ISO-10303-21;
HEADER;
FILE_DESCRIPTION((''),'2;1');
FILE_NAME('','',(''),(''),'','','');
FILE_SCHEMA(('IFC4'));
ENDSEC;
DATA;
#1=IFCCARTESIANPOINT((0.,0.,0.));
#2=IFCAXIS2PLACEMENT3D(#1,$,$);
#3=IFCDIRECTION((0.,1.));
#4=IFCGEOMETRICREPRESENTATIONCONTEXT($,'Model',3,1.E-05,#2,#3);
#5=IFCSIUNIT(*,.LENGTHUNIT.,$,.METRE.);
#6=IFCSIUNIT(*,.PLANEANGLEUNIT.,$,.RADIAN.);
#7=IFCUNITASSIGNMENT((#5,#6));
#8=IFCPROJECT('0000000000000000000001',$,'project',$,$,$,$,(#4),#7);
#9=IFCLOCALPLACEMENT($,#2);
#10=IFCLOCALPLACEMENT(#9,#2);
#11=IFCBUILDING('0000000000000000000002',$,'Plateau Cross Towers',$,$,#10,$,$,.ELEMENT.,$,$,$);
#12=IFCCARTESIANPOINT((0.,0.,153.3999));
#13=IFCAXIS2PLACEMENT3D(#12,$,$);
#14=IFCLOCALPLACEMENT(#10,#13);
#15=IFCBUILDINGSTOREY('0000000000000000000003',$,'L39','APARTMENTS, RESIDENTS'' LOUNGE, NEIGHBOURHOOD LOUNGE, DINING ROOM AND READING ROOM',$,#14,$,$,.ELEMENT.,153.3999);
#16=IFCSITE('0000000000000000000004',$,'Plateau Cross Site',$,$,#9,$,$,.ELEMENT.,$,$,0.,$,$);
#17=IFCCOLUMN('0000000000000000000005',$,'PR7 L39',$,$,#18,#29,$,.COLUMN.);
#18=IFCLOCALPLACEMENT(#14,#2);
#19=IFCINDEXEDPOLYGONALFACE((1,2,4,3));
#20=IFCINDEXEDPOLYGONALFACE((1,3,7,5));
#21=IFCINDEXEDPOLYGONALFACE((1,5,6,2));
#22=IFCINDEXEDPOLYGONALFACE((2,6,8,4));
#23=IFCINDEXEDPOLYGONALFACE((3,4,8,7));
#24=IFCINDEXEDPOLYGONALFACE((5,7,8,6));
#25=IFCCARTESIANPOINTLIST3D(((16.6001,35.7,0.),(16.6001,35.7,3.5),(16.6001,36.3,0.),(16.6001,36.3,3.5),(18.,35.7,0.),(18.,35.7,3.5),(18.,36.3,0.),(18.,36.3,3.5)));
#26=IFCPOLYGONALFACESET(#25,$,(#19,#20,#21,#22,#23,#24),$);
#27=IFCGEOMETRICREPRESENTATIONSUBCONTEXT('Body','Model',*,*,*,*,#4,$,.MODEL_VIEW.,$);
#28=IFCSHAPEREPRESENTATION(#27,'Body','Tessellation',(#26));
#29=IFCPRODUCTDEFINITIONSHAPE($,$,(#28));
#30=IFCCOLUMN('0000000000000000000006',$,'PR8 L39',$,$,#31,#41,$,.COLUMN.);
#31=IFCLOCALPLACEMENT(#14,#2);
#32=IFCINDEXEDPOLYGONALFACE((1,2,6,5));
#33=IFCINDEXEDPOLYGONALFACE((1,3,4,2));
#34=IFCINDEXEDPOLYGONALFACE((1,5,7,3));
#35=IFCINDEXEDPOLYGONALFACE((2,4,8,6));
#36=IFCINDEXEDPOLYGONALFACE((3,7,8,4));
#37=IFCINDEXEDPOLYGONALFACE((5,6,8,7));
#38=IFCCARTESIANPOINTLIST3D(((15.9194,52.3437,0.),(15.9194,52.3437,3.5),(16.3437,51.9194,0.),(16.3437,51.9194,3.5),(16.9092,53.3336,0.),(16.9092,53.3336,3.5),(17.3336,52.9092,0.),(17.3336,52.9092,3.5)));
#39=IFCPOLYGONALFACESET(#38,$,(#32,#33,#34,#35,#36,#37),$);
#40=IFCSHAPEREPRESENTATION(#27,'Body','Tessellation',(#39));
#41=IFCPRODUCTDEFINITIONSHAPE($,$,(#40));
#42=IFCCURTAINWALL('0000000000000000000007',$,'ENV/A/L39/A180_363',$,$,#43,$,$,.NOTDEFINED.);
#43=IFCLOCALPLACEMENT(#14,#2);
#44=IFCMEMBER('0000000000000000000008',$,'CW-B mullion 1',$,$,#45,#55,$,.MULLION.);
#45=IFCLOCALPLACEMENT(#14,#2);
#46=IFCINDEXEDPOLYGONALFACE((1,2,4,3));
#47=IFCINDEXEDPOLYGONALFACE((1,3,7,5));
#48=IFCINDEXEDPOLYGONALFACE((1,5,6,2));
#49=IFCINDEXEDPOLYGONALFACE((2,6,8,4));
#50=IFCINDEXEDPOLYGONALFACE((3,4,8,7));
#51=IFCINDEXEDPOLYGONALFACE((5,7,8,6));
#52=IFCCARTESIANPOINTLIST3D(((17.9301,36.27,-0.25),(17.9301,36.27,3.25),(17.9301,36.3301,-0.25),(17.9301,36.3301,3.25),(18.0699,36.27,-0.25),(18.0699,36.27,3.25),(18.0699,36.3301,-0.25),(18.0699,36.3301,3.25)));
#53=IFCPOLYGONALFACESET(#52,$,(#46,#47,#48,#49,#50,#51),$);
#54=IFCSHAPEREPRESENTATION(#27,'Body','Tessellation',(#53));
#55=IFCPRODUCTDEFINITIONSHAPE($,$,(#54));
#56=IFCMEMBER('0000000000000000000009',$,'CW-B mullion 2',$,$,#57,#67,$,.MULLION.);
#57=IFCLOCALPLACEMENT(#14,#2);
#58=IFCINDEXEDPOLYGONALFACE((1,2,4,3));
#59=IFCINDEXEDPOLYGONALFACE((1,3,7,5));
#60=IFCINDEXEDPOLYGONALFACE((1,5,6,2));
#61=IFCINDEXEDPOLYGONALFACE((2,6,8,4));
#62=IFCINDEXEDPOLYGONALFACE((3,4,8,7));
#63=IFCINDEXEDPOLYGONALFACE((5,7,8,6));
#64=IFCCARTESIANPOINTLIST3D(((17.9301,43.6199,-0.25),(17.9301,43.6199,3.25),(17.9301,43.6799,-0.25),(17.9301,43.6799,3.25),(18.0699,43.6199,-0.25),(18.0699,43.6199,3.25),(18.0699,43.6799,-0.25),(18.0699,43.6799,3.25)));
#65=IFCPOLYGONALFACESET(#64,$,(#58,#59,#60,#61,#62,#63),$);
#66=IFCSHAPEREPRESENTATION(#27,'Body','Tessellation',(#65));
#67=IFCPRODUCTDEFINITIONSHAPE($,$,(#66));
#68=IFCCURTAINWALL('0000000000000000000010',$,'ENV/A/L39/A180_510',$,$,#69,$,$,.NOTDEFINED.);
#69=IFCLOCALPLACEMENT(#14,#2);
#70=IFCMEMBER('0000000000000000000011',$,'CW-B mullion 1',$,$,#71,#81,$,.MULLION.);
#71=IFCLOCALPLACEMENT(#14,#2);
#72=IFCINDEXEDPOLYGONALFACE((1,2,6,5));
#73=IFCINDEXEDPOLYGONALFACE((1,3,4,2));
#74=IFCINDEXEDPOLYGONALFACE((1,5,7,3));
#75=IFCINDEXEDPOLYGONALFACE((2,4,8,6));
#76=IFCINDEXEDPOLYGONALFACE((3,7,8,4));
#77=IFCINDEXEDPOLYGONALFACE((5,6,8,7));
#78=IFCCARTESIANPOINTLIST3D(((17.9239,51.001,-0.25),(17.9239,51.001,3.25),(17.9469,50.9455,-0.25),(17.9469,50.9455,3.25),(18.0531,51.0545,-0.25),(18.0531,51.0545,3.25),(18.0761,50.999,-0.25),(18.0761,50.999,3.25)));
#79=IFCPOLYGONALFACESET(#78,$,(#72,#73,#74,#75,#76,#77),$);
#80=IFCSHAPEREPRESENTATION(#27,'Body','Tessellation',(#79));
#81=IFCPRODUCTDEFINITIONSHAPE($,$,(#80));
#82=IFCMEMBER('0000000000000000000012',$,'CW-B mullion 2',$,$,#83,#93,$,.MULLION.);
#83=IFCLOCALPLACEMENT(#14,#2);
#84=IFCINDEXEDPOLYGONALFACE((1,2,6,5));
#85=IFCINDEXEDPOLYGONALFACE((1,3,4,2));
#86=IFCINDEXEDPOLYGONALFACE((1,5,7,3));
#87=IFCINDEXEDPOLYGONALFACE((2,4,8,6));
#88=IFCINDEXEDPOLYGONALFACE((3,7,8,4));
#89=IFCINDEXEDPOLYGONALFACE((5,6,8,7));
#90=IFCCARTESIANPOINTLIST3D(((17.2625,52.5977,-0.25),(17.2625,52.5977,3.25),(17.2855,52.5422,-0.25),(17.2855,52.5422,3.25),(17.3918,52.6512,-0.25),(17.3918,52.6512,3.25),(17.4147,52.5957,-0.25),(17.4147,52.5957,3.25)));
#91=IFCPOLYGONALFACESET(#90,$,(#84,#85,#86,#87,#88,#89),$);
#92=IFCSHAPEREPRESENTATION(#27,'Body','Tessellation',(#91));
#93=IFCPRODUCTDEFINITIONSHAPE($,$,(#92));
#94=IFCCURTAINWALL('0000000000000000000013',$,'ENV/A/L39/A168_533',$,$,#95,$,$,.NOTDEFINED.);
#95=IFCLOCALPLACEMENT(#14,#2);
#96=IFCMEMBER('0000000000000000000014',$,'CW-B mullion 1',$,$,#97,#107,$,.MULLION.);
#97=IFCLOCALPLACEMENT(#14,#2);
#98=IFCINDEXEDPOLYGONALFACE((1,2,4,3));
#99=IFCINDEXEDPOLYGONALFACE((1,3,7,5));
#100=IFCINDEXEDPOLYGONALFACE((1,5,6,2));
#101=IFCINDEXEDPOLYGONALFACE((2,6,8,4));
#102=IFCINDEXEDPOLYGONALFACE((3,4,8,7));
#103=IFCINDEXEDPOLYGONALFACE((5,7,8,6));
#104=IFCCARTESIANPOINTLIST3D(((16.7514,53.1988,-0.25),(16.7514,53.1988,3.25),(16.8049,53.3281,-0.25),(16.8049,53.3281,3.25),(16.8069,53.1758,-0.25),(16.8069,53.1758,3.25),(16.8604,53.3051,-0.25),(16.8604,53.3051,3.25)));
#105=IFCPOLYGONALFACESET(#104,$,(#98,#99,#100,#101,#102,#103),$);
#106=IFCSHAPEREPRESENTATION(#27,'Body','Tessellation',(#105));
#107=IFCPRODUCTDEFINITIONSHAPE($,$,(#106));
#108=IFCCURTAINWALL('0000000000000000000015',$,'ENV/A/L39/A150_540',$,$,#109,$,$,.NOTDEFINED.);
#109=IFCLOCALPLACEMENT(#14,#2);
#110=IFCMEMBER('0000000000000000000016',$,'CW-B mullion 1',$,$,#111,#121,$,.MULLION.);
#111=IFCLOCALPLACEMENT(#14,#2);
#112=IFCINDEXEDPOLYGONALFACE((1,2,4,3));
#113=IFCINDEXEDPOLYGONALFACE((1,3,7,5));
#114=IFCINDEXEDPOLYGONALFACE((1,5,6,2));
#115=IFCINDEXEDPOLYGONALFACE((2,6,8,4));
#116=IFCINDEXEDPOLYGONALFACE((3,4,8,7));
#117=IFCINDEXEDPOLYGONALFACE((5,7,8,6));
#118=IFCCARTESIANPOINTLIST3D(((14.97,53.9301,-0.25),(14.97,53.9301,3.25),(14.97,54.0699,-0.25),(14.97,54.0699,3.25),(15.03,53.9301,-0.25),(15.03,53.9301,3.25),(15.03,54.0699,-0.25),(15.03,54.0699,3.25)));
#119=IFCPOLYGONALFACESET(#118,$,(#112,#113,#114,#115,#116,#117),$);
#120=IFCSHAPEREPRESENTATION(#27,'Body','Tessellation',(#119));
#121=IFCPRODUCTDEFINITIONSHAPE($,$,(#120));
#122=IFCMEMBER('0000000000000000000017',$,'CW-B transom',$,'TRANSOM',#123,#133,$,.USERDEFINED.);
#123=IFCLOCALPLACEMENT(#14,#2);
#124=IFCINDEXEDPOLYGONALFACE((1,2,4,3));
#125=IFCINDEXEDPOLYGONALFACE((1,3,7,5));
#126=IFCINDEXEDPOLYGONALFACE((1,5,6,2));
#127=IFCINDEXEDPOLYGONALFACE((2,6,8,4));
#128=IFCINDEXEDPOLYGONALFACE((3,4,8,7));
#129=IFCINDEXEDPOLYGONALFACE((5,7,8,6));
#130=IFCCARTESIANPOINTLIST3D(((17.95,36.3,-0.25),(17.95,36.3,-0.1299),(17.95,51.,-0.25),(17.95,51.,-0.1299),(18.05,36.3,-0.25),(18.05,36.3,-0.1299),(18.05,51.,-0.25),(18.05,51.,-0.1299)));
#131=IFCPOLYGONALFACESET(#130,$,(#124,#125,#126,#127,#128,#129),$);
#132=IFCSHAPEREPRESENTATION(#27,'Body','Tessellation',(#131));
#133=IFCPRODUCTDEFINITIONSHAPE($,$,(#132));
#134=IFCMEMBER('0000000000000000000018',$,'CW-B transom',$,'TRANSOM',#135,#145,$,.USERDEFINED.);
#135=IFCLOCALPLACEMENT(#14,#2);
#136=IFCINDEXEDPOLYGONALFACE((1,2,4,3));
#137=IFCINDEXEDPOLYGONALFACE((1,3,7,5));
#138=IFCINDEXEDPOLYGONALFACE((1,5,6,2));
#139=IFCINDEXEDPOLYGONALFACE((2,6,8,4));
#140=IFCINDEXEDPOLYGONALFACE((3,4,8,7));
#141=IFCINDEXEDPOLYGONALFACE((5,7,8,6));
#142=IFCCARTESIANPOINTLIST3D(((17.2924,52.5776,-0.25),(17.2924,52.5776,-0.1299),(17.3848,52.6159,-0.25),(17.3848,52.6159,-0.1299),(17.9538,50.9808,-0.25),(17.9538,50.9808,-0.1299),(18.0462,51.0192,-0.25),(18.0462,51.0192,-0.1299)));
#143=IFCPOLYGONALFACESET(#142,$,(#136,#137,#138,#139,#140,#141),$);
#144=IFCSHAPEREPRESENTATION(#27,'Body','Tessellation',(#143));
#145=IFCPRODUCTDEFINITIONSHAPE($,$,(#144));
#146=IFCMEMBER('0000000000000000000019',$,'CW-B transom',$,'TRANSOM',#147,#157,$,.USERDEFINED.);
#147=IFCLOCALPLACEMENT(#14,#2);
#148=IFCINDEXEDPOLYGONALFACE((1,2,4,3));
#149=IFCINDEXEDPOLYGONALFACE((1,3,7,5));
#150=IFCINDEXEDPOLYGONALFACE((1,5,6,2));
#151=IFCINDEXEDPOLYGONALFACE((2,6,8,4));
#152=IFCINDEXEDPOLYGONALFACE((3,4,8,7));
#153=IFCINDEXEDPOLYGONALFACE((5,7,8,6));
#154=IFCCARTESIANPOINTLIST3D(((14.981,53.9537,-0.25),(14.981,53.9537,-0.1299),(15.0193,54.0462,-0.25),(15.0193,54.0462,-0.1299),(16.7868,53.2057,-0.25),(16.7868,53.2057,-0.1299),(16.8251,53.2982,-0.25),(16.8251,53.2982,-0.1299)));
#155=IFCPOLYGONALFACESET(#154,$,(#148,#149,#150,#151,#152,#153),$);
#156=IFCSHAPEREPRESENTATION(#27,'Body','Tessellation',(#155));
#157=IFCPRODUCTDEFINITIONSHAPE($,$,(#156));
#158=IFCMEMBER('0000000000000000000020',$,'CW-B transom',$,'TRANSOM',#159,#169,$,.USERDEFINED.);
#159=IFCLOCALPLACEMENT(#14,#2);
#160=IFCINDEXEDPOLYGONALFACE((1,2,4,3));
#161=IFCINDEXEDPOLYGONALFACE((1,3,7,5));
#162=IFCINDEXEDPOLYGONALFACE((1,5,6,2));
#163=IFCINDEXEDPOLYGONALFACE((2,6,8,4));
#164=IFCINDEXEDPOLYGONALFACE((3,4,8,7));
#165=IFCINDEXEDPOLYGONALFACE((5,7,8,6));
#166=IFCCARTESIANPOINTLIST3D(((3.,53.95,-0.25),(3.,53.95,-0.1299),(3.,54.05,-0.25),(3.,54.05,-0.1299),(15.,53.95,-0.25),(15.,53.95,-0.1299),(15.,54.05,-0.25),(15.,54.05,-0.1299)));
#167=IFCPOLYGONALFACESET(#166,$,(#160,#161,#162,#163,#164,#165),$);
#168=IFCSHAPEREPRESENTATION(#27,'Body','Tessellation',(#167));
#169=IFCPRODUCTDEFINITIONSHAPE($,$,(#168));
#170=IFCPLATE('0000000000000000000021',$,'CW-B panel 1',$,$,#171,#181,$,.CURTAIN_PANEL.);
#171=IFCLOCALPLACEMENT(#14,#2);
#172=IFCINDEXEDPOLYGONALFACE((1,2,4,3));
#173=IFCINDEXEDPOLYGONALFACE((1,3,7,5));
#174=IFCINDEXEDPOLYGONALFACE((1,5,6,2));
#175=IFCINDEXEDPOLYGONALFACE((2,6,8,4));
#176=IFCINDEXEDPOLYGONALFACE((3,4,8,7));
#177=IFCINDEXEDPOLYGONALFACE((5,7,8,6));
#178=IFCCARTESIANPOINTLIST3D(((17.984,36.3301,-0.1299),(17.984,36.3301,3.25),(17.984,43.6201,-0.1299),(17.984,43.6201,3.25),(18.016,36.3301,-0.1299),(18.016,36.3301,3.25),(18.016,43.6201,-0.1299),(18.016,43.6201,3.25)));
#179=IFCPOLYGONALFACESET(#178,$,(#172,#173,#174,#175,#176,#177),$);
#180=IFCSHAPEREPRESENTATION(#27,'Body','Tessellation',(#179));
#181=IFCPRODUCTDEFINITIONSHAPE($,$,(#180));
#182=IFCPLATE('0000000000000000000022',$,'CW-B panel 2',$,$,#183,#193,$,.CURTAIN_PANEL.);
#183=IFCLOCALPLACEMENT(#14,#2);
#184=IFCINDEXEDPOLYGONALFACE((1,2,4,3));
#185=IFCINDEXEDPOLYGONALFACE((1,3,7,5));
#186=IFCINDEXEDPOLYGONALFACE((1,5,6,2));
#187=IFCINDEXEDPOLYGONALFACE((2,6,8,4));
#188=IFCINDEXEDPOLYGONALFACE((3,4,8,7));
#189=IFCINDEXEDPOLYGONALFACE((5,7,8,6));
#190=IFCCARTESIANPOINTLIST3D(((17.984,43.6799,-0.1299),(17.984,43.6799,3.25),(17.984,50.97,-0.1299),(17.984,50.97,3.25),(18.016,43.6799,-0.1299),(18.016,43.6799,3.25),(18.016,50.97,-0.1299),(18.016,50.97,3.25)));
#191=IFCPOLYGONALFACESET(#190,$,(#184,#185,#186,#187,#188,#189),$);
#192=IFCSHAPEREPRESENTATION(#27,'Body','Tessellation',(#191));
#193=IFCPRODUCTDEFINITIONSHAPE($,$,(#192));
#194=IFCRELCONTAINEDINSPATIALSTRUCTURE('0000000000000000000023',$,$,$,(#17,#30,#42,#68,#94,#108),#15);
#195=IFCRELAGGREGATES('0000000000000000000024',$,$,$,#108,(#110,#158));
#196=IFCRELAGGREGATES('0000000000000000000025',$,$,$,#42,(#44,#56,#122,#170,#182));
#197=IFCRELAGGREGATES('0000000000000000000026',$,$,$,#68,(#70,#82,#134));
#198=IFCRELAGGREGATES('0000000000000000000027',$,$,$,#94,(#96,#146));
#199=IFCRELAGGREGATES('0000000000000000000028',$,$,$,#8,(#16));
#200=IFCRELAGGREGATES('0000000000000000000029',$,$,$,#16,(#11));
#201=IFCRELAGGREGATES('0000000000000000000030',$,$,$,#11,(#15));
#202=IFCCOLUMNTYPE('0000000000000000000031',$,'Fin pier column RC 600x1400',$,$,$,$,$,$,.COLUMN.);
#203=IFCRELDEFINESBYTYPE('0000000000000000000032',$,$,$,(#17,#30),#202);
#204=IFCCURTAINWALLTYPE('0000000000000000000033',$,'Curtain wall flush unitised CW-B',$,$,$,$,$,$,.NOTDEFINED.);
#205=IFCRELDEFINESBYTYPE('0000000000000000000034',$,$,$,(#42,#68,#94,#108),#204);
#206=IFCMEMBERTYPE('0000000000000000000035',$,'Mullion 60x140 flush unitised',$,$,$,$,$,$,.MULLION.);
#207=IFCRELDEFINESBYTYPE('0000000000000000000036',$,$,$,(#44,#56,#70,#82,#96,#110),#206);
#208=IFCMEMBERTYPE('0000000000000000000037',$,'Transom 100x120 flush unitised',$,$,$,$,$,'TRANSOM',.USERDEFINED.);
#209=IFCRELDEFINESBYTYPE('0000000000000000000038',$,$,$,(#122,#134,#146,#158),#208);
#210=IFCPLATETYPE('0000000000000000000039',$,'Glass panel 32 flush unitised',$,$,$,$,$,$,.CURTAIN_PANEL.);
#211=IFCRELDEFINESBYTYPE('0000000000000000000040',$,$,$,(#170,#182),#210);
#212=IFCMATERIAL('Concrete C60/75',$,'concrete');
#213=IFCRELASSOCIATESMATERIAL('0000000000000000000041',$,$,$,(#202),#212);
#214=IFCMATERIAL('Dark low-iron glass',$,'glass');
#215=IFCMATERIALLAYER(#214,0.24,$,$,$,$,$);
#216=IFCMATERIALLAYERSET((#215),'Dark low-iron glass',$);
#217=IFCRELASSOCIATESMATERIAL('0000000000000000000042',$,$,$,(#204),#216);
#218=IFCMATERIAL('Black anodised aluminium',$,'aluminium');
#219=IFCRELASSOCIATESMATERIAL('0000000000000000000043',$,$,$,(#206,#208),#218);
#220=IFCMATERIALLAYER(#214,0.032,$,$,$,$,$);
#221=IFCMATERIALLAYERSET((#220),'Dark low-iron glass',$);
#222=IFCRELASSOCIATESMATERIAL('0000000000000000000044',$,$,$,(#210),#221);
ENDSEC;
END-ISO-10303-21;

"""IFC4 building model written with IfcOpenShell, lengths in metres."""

from ifc_helpers import new_model, si_unit, direction, frame, origin, origin_2d, place, context, subcontext, project, spatial, rectangle, extrude, material, layer, layer_set, material_profile, profile_set, type_object, element, aggregate, save


model = new_model("IFC4")

# Units and contexts
model_context = context("Model", 3, precision=1e-05, world=origin(), true_north=direction((0.0, 1.0)))
body_context = subcontext(model_context, "Body", "Model", "MODEL_VIEW")
ifc_project = project(units=[si_unit("LENGTHUNIT", "METRE"), si_unit("PLANEANGLEUNIT", "RADIAN")], contexts=[model_context])

# Site, building, storey
site_placement = place(None, origin())
site = spatial("IfcSite", under=ifc_project, at=site_placement, Name="Plateau Cross Site", CompositionType="ELEMENT", RefElevation=0.0)
building_placement = place(site_placement, origin())
building = spatial("IfcBuilding", under=site, at=building_placement, Name="Plateau Cross Towers", CompositionType="ELEMENT")
storey_placement = place(building_placement, frame((0.0, 0.0, 153.3999)))
storey = spatial("IfcBuildingStorey", under=building, at=storey_placement, Name="L39", Description="APARTMENTS, RESIDENTS' LOUNGE, NEIGHBOURHOOD LOUNGE, DINING ROOM AND READING ROOM", CompositionType="ELEMENT", Elevation=153.3999)

# Columns
ifc_material_1 = material(Name="Concrete C60/75", Category="concrete")
ifc_material_profile_1 = material_profile(ifc_material_1, rectangle(XDim=0.6001, YDim=1.3999, at=origin_2d()), Name="RC 600x1400")
ifc_profile_set_1 = profile_set([ifc_material_profile_1], Name="Concrete C60/75")
column_type = type_object("IfcColumnType", Name="Fin pier column RC 600x1400", PredefinedType="COLUMN", material=ifc_profile_set_1)
for number, where, z_axis, x_axis, name in (
    (1, (17.3, 36.0, 0.0), (0.0, 0.0, 1.0), (0.0, 1.0, 0.0), "PR7 L39"),
    (2, (16.6265, 52.6265, 0.0), (0.0, 0.0, 1.0), (-0.707107, 0.707107, 0.0), "PR8 L39"),
):
    element("IfcColumn", number, at=place(storey_placement, frame(where, z_axis=z_axis, x_axis=x_axis)), inside=storey, type_object=column_type, Name=name, PredefinedType="COLUMN", context=body_context, shape_type="SweptSolid", body=[
        extrude(rectangle(XDim=0.6001, YDim=1.3999, at=origin_2d()), origin(), (0.0, 0.0, 1.0), 3.5),
    ])

# Curtain walls, members
ifc_material_2 = material(Name="Dark low-iron glass", Category="glass")
ifc_layer_1 = layer(ifc_material_2, 0.24)
ifc_layer_set_1 = layer_set([ifc_layer_1], Name="Dark low-iron glass")
curtain_wall_type = type_object("IfcCurtainWallType", Name="Curtain wall flush unitised CW-B", PredefinedType="NOTDEFINED", material=ifc_layer_set_1)
curtain_wall_1_placement = place(storey_placement, origin())
curtain_wall_1 = element("IfcCurtainWall", 3, at=curtain_wall_1_placement, inside=storey, type_object=curtain_wall_type, Name="ENV/A/L39/A180_363", PredefinedType="NOTDEFINED")
ifc_material_3 = material(Name="Black anodised aluminium", Category="aluminium")
ifc_material_profile_2 = material_profile(ifc_material_3, rectangle(XDim=0.0601, YDim=0.1399, at=origin_2d()), Name="MULLION 60x140")
ifc_profile_set_2 = profile_set([ifc_material_profile_2], Name="Black anodised aluminium")
member_type_1 = type_object("IfcMemberType", Name="Mullion 60x140 flush unitised", PredefinedType="MULLION", material=ifc_profile_set_2)
member_1_placement = place(storey_placement, frame((18.0, 36.3, -0.25), z_axis=(0.0, 0.0, 1.0), x_axis=(0.0, 1.0, 0.0)))
member_1 = element("IfcMember", 4, at=member_1_placement, type_object=member_type_1, Name="CW-B mullion 1", PredefinedType="MULLION", context=body_context, shape_type="SweptSolid", body=[
    extrude(rectangle(XDim=0.0601, YDim=0.1399, at=origin_2d()), origin(), (0.0, 0.0, 1.0), 3.5),
])
member_2_placement = place(storey_placement, frame((18.0, 43.6499, -0.25), z_axis=(0.0, 0.0, 1.0), x_axis=(0.0, 1.0, 0.0)))
member_2 = element("IfcMember", 5, at=member_2_placement, type_object=member_type_1, Name="CW-B mullion 2", PredefinedType="MULLION", context=body_context, shape_type="SweptSolid", body=[
    extrude(rectangle(XDim=0.0601, YDim=0.1399, at=origin_2d()), origin(), (0.0, 0.0, 1.0), 3.5),
])
curtain_wall_2_placement = place(storey_placement, origin())
curtain_wall_2 = element("IfcCurtainWall", 6, at=curtain_wall_2_placement, inside=storey, type_object=curtain_wall_type, Name="ENV/A/L39/A180_510", PredefinedType="NOTDEFINED")
member_3_placement = place(storey_placement, frame((18.0, 51.0, -0.25), z_axis=(0.0, 0.0, 1.0), x_axis=(-0.382684, 0.923879, 0.0)))
member_3 = element("IfcMember", 7, at=member_3_placement, type_object=member_type_1, Name="CW-B mullion 1", PredefinedType="MULLION", context=body_context, shape_type="SweptSolid", body=[
    extrude(rectangle(XDim=0.0601, YDim=0.1399, at=origin_2d()), origin(), (0.0, 0.0, 1.0), 3.5),
])
member_4_placement = place(storey_placement, frame((17.3386, 52.5967, -0.25), z_axis=(0.0, 0.0, 1.0), x_axis=(-0.382684, 0.923879, 0.0)))
member_4 = element("IfcMember", 8, at=member_4_placement, type_object=member_type_1, Name="CW-B mullion 2", PredefinedType="MULLION", context=body_context, shape_type="SweptSolid", body=[
    extrude(rectangle(XDim=0.0601, YDim=0.1399, at=origin_2d()), origin(), (0.0, 0.0, 1.0), 3.5),
])

# Curtain walls, members
curtain_wall_3_placement = place(storey_placement, origin())
curtain_wall_3 = element("IfcCurtainWall", 9, at=curtain_wall_3_placement, inside=storey, type_object=curtain_wall_type, Name="ENV/A/L39/A168_533", PredefinedType="NOTDEFINED")
member_5_placement = place(storey_placement, frame((16.8059, 53.252, -0.25), z_axis=(0.0, 0.0, 1.0), x_axis=(-0.923879, 0.382684, 0.0)))
member_5 = element("IfcMember", 10, at=member_5_placement, type_object=member_type_1, Name="CW-B mullion 1", PredefinedType="MULLION", context=body_context, shape_type="SweptSolid", body=[
    extrude(rectangle(XDim=0.0601, YDim=0.1399, at=origin_2d()), origin(), (0.0, 0.0, 1.0), 3.5),
])
curtain_wall_4_placement = place(storey_placement, origin())
curtain_wall_4 = element("IfcCurtainWall", 11, at=curtain_wall_4_placement, inside=storey, type_object=curtain_wall_type, Name="ENV/A/L39/A150_540", PredefinedType="NOTDEFINED")
member_6_placement = place(storey_placement, frame((15.0, 54.0, -0.25), z_axis=(0.0, 0.0, 1.0), x_axis=(-1.0, 0.0, 0.0)))
member_6 = element("IfcMember", 12, at=member_6_placement, type_object=member_type_1, Name="CW-B mullion 1", PredefinedType="MULLION", context=body_context, shape_type="SweptSolid", body=[
    extrude(rectangle(XDim=0.0601, YDim=0.1399, at=origin_2d()), origin(), (0.0, 0.0, 1.0), 3.5),
])

# Members
ifc_material_profile_3 = material_profile(ifc_material_3, rectangle(XDim=0.1001, YDim=0.1201, at=origin_2d()), Name="TRANSOM 100x120")
ifc_profile_set_3 = profile_set([ifc_material_profile_3], Name="Black anodised aluminium")
member_type_2 = type_object("IfcMemberType", Name="Transom 100x120 flush unitised", ElementType="TRANSOM", PredefinedType="USERDEFINED", material=ifc_profile_set_3)
member_7_placement = place(storey_placement, frame((18.0, 36.3, -0.1899), z_axis=(0.0, 1.0, 0.0), x_axis=(-1.0, 0.0, 0.0)))
member_7 = element("IfcMember", 13, at=member_7_placement, type_object=member_type_2, Name="CW-B transom", ObjectType="TRANSOM", PredefinedType="USERDEFINED", context=body_context, shape_type="SweptSolid", body=[
    extrude(rectangle(XDim=0.1001, YDim=0.1201, at=origin_2d()), origin(), (0.0, 0.0, 1.0), 14.7),
])
member_8_placement = place(storey_placement, frame((18.0, 51.0, -0.1899), z_axis=(-0.382689, 0.923877, 0.0), x_axis=(-0.923877, -0.382689, 0.0)))
member_8 = element("IfcMember", 14, at=member_8_placement, type_object=member_type_2, Name="CW-B transom", ObjectType="TRANSOM", PredefinedType="USERDEFINED", context=body_context, shape_type="SweptSolid", body=[
    extrude(rectangle(XDim=0.1001, YDim=0.1201, at=origin_2d()), origin(), (0.0, 0.0, 1.0), 1.7283),
])
member_9_placement = place(storey_placement, frame((16.8059, 53.252, -0.1899), z_axis=(-0.923877, 0.38269, 0.0), x_axis=(-0.38269, -0.923877, 0.0)))
member_9 = element("IfcMember", 15, at=member_9_placement, type_object=member_type_2, Name="CW-B transom", ObjectType="TRANSOM", PredefinedType="USERDEFINED", context=body_context, shape_type="SweptSolid", body=[
    extrude(rectangle(XDim=0.1001, YDim=0.1201, at=origin_2d()), origin(), (0.0, 0.0, 1.0), 1.9546),
])
member_10_placement = place(storey_placement, frame((15.0, 54.0, -0.1899), z_axis=(-1.0, 0.0, 0.0), x_axis=(0.0, -1.0, 0.0)))
member_10 = element("IfcMember", 16, at=member_10_placement, type_object=member_type_2, Name="CW-B transom", ObjectType="TRANSOM", PredefinedType="USERDEFINED", context=body_context, shape_type="SweptSolid", body=[
    extrude(rectangle(XDim=0.1001, YDim=0.1201, at=origin_2d()), origin(), (0.0, 0.0, 1.0), 12.0),
])
aggregate(curtain_wall_4, [member_6, member_10])

# Plates
ifc_layer_2 = layer(ifc_material_2, 0.032)
ifc_layer_set_2 = layer_set([ifc_layer_2], Name="Dark low-iron glass")
plate_type = type_object("IfcPlateType", Name="Glass panel 32 flush unitised", PredefinedType="CURTAIN_PANEL", material=ifc_layer_set_2)
plate_1_placement = place(storey_placement, frame((18.0, 39.9751, -0.1299), z_axis=(0.0, 0.0, 1.0), x_axis=(0.0, 1.0, 0.0)))
plate_1 = element("IfcPlate", 17, at=plate_1_placement, type_object=plate_type, Name="CW-B panel 1", PredefinedType="CURTAIN_PANEL", context=body_context, shape_type="SweptSolid", body=[
    extrude(rectangle(XDim=7.29, YDim=0.032, at=origin_2d()), origin(), (0.0, 0.0, 1.0), 3.3799),
])
plate_2_placement = place(storey_placement, frame((18.0, 47.325, -0.1299), z_axis=(0.0, 0.0, 1.0), x_axis=(0.0, 1.0, 0.0)))
plate_2 = element("IfcPlate", 18, at=plate_2_placement, type_object=plate_type, Name="CW-B panel 2", PredefinedType="CURTAIN_PANEL", context=body_context, shape_type="SweptSolid", body=[
    extrude(rectangle(XDim=7.29, YDim=0.032, at=origin_2d()), origin(), (0.0, 0.0, 1.0), 3.3799),
])
aggregate(curtain_wall_1, [member_1, member_2, member_7, plate_1, plate_2])
aggregate(curtain_wall_2, [member_3, member_4, member_8])
aggregate(curtain_wall_3, [member_5, member_9])

save(model, "model.ifc")
